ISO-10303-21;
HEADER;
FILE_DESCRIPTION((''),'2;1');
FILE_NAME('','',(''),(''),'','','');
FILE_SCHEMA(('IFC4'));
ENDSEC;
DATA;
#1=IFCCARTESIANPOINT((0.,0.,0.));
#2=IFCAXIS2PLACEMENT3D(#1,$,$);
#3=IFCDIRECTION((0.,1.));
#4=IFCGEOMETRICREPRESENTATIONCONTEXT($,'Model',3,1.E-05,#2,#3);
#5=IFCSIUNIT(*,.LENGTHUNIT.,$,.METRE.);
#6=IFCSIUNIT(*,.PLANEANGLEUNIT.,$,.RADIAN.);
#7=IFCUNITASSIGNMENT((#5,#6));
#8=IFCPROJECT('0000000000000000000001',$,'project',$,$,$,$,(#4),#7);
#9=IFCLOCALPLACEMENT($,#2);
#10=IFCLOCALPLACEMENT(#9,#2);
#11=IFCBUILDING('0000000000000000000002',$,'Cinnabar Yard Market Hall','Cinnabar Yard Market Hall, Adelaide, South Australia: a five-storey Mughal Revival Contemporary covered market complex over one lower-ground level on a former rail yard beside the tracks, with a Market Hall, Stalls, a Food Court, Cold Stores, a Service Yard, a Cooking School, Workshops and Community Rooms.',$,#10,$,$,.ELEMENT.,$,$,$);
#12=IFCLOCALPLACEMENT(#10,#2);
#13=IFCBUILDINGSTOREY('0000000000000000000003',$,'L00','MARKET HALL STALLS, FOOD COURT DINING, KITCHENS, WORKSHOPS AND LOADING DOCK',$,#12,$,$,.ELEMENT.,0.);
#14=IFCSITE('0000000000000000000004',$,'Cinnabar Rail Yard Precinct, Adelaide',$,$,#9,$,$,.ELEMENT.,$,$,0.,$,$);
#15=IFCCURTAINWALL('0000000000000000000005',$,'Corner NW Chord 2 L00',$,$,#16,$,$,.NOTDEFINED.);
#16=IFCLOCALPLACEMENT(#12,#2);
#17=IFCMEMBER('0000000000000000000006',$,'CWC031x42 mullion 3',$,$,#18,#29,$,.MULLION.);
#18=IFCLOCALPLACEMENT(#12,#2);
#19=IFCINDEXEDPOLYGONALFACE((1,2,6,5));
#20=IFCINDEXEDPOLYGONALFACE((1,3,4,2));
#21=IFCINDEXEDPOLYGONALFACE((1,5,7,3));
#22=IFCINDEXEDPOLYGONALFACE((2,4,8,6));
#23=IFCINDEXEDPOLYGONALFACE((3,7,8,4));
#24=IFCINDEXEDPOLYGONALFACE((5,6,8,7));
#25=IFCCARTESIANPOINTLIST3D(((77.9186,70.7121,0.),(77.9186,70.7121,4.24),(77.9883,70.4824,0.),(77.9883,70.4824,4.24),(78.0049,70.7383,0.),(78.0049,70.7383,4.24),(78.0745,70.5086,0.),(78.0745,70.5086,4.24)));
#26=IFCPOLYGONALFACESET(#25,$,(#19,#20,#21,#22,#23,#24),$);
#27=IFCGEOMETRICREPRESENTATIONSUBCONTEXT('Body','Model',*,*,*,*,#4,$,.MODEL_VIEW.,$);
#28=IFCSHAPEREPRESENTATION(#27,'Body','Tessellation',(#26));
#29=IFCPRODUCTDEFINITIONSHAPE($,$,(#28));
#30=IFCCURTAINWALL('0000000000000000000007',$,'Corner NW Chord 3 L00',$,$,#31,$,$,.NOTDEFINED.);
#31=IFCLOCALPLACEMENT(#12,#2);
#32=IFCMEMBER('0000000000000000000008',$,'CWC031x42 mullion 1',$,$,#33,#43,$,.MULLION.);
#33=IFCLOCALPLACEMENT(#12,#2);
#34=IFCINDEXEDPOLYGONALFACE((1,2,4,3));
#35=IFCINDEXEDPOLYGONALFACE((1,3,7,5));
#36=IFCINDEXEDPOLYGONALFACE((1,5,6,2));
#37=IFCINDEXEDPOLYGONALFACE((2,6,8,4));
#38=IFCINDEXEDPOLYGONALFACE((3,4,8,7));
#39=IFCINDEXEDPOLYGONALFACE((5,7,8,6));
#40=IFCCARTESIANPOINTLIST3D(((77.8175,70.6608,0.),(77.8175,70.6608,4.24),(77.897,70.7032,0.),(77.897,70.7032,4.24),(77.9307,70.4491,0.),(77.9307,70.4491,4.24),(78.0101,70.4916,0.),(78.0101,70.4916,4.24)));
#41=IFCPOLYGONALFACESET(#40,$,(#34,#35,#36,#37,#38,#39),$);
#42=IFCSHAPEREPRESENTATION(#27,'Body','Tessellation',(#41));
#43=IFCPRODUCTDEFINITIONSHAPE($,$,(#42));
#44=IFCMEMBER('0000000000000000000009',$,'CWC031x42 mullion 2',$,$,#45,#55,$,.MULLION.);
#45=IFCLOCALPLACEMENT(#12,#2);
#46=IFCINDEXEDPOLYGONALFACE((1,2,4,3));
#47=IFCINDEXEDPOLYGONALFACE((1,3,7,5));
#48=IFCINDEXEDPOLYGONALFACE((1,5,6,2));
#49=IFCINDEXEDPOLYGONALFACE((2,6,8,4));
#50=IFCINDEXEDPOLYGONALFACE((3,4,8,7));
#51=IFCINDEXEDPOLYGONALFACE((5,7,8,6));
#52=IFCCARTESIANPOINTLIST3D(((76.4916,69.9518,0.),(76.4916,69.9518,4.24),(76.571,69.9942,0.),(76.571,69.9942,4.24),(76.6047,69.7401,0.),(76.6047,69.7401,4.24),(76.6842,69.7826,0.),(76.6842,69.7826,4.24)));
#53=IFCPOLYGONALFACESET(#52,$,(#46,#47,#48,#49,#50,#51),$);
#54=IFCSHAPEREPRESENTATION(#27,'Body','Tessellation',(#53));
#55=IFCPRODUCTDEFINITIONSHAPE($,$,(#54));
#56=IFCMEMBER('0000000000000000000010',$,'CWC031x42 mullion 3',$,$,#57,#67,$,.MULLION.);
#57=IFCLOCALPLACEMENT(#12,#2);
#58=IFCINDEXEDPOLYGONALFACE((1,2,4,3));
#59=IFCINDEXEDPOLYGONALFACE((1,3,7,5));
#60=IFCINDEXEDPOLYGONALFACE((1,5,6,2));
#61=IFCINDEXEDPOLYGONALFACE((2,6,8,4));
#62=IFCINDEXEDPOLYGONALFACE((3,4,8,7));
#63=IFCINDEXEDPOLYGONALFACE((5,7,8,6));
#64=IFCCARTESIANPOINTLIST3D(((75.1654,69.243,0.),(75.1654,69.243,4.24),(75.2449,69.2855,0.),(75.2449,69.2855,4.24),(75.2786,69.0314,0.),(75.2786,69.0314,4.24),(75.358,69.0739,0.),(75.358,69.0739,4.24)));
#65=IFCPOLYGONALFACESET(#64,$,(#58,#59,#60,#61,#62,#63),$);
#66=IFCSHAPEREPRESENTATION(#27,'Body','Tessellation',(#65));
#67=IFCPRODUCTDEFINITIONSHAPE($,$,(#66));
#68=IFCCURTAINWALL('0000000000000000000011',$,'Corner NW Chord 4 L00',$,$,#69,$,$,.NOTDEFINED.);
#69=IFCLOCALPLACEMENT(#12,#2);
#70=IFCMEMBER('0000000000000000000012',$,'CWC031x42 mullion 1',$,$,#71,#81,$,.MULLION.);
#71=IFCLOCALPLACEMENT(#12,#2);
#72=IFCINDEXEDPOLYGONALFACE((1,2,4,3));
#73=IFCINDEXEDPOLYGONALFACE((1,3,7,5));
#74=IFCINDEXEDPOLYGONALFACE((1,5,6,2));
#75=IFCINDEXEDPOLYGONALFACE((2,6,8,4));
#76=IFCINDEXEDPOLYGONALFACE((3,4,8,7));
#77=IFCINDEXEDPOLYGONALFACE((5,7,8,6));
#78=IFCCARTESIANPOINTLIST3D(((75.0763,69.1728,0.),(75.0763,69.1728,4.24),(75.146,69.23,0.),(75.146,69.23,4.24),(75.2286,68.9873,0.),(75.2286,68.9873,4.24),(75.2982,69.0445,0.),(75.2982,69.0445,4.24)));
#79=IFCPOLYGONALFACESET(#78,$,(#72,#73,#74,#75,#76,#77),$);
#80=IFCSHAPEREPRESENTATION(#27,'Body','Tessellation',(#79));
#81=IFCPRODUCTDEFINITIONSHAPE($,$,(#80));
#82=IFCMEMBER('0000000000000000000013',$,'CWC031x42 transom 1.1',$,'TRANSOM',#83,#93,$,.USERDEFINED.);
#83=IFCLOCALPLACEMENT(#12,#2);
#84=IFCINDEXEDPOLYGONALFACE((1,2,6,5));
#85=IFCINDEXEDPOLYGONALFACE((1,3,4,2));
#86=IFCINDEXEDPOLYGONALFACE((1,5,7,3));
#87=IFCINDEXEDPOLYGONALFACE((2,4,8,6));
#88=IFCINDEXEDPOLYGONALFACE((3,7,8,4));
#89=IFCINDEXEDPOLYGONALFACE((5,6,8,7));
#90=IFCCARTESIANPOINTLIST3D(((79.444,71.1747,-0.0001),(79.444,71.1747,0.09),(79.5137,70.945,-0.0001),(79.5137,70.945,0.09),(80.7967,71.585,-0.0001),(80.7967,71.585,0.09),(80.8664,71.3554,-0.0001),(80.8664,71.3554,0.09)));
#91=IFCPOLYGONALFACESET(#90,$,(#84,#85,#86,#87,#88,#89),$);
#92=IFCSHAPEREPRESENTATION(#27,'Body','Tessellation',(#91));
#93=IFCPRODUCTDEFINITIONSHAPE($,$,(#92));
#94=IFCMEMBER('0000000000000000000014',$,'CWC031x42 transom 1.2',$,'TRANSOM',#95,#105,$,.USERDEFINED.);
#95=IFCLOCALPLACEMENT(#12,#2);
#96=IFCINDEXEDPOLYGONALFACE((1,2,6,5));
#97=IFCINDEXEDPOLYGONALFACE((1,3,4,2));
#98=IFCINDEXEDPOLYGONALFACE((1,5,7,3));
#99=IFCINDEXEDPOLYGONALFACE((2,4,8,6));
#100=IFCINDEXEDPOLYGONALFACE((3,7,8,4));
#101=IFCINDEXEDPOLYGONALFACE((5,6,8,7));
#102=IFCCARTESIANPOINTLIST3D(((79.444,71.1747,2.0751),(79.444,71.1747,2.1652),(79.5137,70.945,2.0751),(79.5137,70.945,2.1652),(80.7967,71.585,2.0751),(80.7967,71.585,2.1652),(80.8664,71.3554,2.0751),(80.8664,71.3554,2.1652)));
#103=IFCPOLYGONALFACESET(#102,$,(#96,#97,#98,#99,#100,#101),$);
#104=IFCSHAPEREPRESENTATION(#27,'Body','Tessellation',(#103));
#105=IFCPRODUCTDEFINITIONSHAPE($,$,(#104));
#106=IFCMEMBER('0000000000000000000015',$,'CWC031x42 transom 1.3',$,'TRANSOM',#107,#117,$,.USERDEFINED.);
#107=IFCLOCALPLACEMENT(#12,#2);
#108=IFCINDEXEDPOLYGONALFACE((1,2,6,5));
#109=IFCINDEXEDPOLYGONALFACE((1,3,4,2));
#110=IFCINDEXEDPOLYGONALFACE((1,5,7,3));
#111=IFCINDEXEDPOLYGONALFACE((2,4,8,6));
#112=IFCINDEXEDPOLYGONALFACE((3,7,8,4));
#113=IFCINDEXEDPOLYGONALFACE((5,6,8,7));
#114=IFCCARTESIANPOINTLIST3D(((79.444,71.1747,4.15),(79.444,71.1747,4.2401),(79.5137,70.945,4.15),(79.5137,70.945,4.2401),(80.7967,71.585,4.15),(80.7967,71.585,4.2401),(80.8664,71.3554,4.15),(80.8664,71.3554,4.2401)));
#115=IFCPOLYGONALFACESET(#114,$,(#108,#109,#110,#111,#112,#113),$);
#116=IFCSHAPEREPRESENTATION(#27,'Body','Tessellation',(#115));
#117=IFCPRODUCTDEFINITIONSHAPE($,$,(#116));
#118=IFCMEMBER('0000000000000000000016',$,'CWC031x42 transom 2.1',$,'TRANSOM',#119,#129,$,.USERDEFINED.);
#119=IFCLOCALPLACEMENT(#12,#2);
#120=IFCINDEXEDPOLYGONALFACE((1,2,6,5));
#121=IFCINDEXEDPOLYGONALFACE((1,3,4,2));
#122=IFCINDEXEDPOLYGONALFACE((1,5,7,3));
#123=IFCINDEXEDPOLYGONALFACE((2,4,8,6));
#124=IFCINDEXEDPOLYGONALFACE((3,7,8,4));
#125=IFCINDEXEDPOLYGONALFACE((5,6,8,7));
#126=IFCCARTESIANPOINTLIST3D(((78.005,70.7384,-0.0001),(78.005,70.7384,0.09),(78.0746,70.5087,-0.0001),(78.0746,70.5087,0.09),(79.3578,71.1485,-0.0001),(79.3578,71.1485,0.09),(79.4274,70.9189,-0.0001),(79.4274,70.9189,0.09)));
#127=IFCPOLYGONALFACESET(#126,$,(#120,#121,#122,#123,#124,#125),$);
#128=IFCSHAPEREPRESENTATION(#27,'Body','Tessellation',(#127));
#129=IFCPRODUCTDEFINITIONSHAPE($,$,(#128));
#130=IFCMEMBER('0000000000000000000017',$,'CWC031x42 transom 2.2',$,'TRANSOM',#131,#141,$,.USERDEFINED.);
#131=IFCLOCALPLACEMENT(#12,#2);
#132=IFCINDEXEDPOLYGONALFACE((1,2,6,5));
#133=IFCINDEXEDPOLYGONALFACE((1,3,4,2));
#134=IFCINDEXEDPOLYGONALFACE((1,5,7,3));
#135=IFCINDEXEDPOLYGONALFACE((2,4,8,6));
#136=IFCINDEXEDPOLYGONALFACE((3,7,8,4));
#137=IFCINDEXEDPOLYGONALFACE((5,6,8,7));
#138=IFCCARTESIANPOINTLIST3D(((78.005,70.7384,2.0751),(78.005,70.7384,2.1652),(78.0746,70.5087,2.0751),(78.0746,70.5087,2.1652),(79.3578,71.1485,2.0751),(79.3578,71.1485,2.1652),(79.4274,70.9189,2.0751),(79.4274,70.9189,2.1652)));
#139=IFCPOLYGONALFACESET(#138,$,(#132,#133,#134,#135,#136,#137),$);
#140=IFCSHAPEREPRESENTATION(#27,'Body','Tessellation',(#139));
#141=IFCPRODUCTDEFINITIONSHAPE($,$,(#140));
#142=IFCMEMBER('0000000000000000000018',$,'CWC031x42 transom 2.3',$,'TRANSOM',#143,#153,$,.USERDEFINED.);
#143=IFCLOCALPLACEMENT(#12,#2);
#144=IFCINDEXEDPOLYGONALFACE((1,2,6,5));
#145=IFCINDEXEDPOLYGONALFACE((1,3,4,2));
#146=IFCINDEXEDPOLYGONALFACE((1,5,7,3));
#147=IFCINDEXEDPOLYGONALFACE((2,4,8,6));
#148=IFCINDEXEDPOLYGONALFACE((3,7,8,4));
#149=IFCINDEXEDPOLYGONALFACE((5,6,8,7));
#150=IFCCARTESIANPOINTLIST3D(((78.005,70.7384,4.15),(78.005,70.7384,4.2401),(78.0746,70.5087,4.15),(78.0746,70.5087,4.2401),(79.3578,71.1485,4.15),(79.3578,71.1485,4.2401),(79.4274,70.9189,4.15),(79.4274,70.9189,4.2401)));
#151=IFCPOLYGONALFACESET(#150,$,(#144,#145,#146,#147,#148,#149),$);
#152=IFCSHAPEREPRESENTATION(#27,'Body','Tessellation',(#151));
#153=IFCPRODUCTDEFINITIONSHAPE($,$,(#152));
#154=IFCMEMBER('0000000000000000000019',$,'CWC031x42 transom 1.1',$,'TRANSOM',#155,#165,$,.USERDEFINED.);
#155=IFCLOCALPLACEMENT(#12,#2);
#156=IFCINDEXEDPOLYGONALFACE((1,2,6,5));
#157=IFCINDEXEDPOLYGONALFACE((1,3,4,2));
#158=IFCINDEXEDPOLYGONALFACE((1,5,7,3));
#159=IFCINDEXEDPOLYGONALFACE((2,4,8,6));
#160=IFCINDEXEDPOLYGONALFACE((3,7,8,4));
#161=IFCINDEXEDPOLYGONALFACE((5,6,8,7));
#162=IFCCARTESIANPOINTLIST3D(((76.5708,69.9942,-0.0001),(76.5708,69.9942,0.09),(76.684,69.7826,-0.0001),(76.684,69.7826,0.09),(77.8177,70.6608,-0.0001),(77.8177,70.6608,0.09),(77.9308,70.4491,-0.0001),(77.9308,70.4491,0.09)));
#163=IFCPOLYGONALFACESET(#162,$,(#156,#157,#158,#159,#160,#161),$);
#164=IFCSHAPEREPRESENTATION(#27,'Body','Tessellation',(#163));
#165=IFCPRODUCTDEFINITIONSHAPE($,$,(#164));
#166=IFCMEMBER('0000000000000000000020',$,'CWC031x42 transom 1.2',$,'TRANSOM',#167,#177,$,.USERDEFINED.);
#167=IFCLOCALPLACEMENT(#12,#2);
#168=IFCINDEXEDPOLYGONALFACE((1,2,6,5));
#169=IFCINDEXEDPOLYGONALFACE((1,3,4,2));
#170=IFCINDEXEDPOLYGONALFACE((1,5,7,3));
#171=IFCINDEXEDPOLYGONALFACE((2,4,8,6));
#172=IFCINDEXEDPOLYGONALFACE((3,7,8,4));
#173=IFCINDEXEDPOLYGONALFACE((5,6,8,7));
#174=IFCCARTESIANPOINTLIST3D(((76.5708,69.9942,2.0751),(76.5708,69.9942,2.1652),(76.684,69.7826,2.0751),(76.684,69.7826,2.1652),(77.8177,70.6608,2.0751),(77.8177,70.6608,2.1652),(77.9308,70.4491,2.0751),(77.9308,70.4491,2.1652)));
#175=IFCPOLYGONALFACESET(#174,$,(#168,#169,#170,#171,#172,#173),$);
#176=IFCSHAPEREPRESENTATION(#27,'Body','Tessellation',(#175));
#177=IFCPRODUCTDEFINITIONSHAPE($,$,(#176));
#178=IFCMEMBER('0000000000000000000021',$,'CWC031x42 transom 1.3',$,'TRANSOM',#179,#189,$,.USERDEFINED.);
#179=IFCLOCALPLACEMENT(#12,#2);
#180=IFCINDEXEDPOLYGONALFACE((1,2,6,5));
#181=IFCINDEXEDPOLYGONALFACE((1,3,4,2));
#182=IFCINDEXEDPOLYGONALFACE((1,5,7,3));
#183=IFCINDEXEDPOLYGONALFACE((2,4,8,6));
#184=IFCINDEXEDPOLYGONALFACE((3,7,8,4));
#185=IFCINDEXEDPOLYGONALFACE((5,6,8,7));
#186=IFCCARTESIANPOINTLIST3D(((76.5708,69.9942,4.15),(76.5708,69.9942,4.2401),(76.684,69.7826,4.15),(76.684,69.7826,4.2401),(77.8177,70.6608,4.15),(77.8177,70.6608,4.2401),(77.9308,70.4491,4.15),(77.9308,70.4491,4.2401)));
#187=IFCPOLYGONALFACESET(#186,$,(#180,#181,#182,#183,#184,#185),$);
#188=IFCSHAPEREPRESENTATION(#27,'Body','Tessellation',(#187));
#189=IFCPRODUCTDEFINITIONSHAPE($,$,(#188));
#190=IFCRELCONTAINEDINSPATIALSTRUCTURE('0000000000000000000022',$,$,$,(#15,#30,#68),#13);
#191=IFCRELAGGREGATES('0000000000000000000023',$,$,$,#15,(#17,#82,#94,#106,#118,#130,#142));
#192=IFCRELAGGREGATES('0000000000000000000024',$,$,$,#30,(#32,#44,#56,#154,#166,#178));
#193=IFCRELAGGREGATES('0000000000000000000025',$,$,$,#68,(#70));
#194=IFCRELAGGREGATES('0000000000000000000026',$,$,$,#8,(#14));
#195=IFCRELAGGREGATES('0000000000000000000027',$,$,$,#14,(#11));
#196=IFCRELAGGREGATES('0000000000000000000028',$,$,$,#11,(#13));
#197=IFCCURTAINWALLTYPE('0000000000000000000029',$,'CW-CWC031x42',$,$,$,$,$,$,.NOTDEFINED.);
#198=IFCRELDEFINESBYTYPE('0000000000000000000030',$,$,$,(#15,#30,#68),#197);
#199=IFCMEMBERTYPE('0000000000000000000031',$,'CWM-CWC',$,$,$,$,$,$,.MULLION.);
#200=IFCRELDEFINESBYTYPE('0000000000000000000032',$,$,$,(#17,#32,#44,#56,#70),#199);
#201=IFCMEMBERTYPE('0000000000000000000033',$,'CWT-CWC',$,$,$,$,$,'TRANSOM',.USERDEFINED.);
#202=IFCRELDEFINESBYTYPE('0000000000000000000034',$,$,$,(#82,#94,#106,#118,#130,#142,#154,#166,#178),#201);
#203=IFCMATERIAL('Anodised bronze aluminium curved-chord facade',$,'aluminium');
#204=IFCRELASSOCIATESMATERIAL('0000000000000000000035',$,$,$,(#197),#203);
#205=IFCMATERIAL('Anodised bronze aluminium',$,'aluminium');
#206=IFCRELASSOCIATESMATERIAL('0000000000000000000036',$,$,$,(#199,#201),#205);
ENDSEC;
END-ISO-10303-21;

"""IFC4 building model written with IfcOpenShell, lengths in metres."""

from ifc_helpers import new_model, si_unit, direction, frame, origin, origin_2d_with_axis, place, context, subcontext, project, spatial, rectangle, extrude, material, material_profile, profile_set, type_object, element, aggregate, save


model = new_model("IFC4")

# Units and contexts
model_context = context("Model", 3, precision=1e-05, world=origin(), true_north=direction((0.0, 1.0)))
body_context = subcontext(model_context, "Body", "Model", "MODEL_VIEW")
ifc_project = project(units=[si_unit("LENGTHUNIT", "METRE"), si_unit("PLANEANGLEUNIT", "RADIAN")], contexts=[model_context])

# Site, building, storey
site_placement = place(None, origin())
site = spatial("IfcSite", under=ifc_project, at=site_placement, Name="Cinnabar Rail Yard Precinct, Adelaide", CompositionType="ELEMENT", RefElevation=0.0)
building_placement = place(site_placement, origin())
building = spatial("IfcBuilding", under=site, at=building_placement, Name="Cinnabar Yard Market Hall", Description="Cinnabar Yard Market Hall, Adelaide, South Australia: a five-storey Mughal Revival Contemporary covered market complex over one lower-ground level on a former rail yard beside the tracks, with a Market Hall, Stalls, a Food Court, Cold Stores, a Service Yard, a Cooking School, Workshops and Community Rooms.", CompositionType="ELEMENT")
storey_placement = place(building_placement, origin())
storey = spatial("IfcBuildingStorey", under=building, at=storey_placement, Name="L00", Description="MARKET HALL STALLS, FOOD COURT DINING, KITCHENS, WORKSHOPS AND LOADING DOCK", CompositionType="ELEMENT", Elevation=0.0)

# Curtain walls, members
ifc_material_1 = material(Name="Anodised bronze aluminium curved-chord facade", Category="aluminium")
curtain_wall_type = type_object("IfcCurtainWallType", Name="CW-CWC031x42", PredefinedType="NOTDEFINED", material=ifc_material_1)
curtain_wall_1_placement = place(storey_placement, origin())
curtain_wall_1 = element("IfcCurtainWall", 1, at=curtain_wall_1_placement, inside=storey, type_object=curtain_wall_type, Name="Corner NW Chord 2 L00", PredefinedType="NOTDEFINED")
ifc_material_2 = material(Name="Anodised bronze aluminium", Category="aluminium")
ifc_material_profile_1 = material_profile(ifc_material_2, rectangle(XDim=0.24, YDim=0.0901, at=origin_2d_with_axis()), Name="MUL-CWC")
ifc_profile_set_1 = profile_set([ifc_material_profile_1], Name="Anodised bronze aluminium")
member_type_1 = type_object("IfcMemberType", Name="CWM-CWC", PredefinedType="MULLION", material=ifc_profile_set_1)
member_1_placement = place(storey_placement, frame((77.9966, 70.6104, 0.0), z_axis=(0.0, 0.0, 1.0), x_axis=(0.290279, -0.956942, 0.0)))
member_1 = element("IfcMember", 2, at=member_1_placement, type_object=member_type_1, Name="CWC031x42 mullion 3", PredefinedType="MULLION", context=body_context, shape_type="SweptSolid", body=[
    extrude(rectangle(XDim=0.24, YDim=0.0901, at=origin_2d_with_axis()), origin(), (0.0, 0.0, 1.0), 4.24),
])
curtain_wall_2_placement = place(storey_placement, origin())
curtain_wall_2 = element("IfcCurtainWall", 3, at=curtain_wall_2_placement, inside=storey, type_object=curtain_wall_type, Name="Corner NW Chord 3 L00", PredefinedType="NOTDEFINED")
member_2_placement = place(storey_placement, frame((77.9138, 70.5762, 0.0), z_axis=(0.0, 0.0, 1.0), x_axis=(0.471404, -0.881917, 0.0)))
member_2 = element("IfcMember", 4, at=member_2_placement, type_object=member_type_1, Name="CWC031x42 mullion 1", PredefinedType="MULLION", context=body_context, shape_type="SweptSolid", body=[
    extrude(rectangle(XDim=0.24, YDim=0.0901, at=origin_2d_with_axis()), origin(), (0.0, 0.0, 1.0), 4.24),
])
member_3_placement = place(storey_placement, frame((76.5879, 69.8672, 0.0), z_axis=(0.0, 0.0, 1.0), x_axis=(0.471404, -0.881917, 0.0)))
member_3 = element("IfcMember", 5, at=member_3_placement, type_object=member_type_1, Name="CWC031x42 mullion 2", PredefinedType="MULLION", context=body_context, shape_type="SweptSolid", body=[
    extrude(rectangle(XDim=0.24, YDim=0.0901, at=origin_2d_with_axis()), origin(), (0.0, 0.0, 1.0), 4.24),
])
member_4_placement = place(storey_placement, frame((75.2617, 69.1584, 0.0), z_axis=(0.0, 0.0, 1.0), x_axis=(0.471404, -0.881917, 0.0)))
member_4 = element("IfcMember", 6, at=member_4_placement, type_object=member_type_1, Name="CWC031x42 mullion 3", PredefinedType="MULLION", context=body_context, shape_type="SweptSolid", body=[
    extrude(rectangle(XDim=0.24, YDim=0.0901, at=origin_2d_with_axis()), origin(), (0.0, 0.0, 1.0), 4.24),
])

# Curtain wall, member
curtain_wall_3_placement = place(storey_placement, origin())
curtain_wall_3 = element("IfcCurtainWall", 7, at=curtain_wall_3_placement, inside=storey, type_object=curtain_wall_type, Name="Corner NW Chord 4 L00", PredefinedType="NOTDEFINED")
member_5_placement = place(storey_placement, frame((75.1873, 69.1086, 0.0), z_axis=(0.0, 0.0, 1.0), x_axis=(0.634383, -0.773019, 0.0)))
member_5 = element("IfcMember", 8, at=member_5_placement, type_object=member_type_1, Name="CWC031x42 mullion 1", PredefinedType="MULLION", context=body_context, shape_type="SweptSolid", body=[
    extrude(rectangle(XDim=0.24, YDim=0.0901, at=origin_2d_with_axis()), origin(), (0.0, 0.0, 1.0), 4.24),
])

# Members
ifc_material_profile_2 = material_profile(ifc_material_2, rectangle(XDim=0.24, YDim=0.0901, at=origin_2d_with_axis()), Name="TRN-CWC")
ifc_profile_set_2 = profile_set([ifc_material_profile_2], Name="Anodised bronze aluminium")
member_type_2 = type_object("IfcMemberType", Name="CWT-CWC", ElementType="TRANSOM", PredefinedType="USERDEFINED", material=ifc_profile_set_2)
member_6_placement = place(storey_placement, frame((80.8315, 71.4702, 0.0449), z_axis=(-0.956933, -0.290309, 0.0), x_axis=(0.290309, -0.956933, 0.0)))
member_6 = element("IfcMember", 9, at=member_6_placement, type_object=member_type_2, Name="CWC031x42 transom 1.1", ObjectType="TRANSOM", PredefinedType="USERDEFINED", context=body_context, shape_type="SweptSolid", body=[
    extrude(rectangle(XDim=0.24, YDim=0.0901, at=origin_2d_with_axis()), origin(), (0.0, 0.0, 1.0), 1.4136),
])
member_7_placement = place(storey_placement, frame((80.8315, 71.4702, 2.1201), z_axis=(-0.956933, -0.290309, 0.0), x_axis=(0.290309, -0.956933, 0.0)))
member_7 = element("IfcMember", 10, at=member_7_placement, type_object=member_type_2, Name="CWC031x42 transom 1.2", ObjectType="TRANSOM", PredefinedType="USERDEFINED", context=body_context, shape_type="SweptSolid", body=[
    extrude(rectangle(XDim=0.24, YDim=0.0901, at=origin_2d_with_axis()), origin(), (0.0, 0.0, 1.0), 1.4136),
])
member_8_placement = place(storey_placement, frame((80.8315, 71.4702, 4.1951), z_axis=(-0.956933, -0.290309, 0.0), x_axis=(0.290309, -0.956933, 0.0)))
member_8 = element("IfcMember", 11, at=member_8_placement, type_object=member_type_2, Name="CWC031x42 transom 1.3", ObjectType="TRANSOM", PredefinedType="USERDEFINED", context=body_context, shape_type="SweptSolid", body=[
    extrude(rectangle(XDim=0.24, YDim=0.0901, at=origin_2d_with_axis()), origin(), (0.0, 0.0, 1.0), 1.4136),
])
member_9_placement = place(storey_placement, frame((79.3926, 71.0337, 0.0449), z_axis=(-0.956981, -0.290151, 0.0), x_axis=(0.290151, -0.956981, 0.0)))
member_9 = element("IfcMember", 12, at=member_9_placement, type_object=member_type_2, Name="CWC031x42 transom 2.1", ObjectType="TRANSOM", PredefinedType="USERDEFINED", context=body_context, shape_type="SweptSolid", body=[
    extrude(rectangle(XDim=0.24, YDim=0.0901, at=origin_2d_with_axis()), origin(), (0.0, 0.0, 1.0), 1.4136),
])
member_10_placement = place(storey_placement, frame((79.3926, 71.0337, 2.1201), z_axis=(-0.956981, -0.290151, 0.0), x_axis=(0.290151, -0.956981, 0.0)))
member_10 = element("IfcMember", 13, at=member_10_placement, type_object=member_type_2, Name="CWC031x42 transom 2.2", ObjectType="TRANSOM", PredefinedType="USERDEFINED", context=body_context, shape_type="SweptSolid", body=[
    extrude(rectangle(XDim=0.24, YDim=0.0901, at=origin_2d_with_axis()), origin(), (0.0, 0.0, 1.0), 1.4136),
])
member_11_placement = place(storey_placement, frame((79.3926, 71.0337, 4.1951), z_axis=(-0.956981, -0.290151, 0.0), x_axis=(0.290151, -0.956981, 0.0)))
member_11 = element("IfcMember", 14, at=member_11_placement, type_object=member_type_2, Name="CWC031x42 transom 2.3", ObjectType="TRANSOM", PredefinedType="USERDEFINED", context=body_context, shape_type="SweptSolid", body=[
    extrude(rectangle(XDim=0.24, YDim=0.0901, at=origin_2d_with_axis()), origin(), (0.0, 0.0, 1.0), 1.4136),
])
member_12_placement = place(storey_placement, frame((77.8743, 70.5549, 0.0449), z_axis=(-0.881903, -0.471431, 0.0), x_axis=(0.471431, -0.881903, 0.0)))
member_12 = element("IfcMember", 15, at=member_12_placement, type_object=member_type_2, Name="CWC031x42 transom 1.1", ObjectType="TRANSOM", PredefinedType="USERDEFINED", context=body_context, shape_type="SweptSolid", body=[
    extrude(rectangle(XDim=0.24, YDim=0.0901, at=origin_2d_with_axis()), origin(), (0.0, 0.0, 1.0), 1.4138),
])
member_13_placement = place(storey_placement, frame((77.8743, 70.5549, 2.1201), z_axis=(-0.881903, -0.471431, 0.0), x_axis=(0.471431, -0.881903, 0.0)))
member_13 = element("IfcMember", 16, at=member_13_placement, type_object=member_type_2, Name="CWC031x42 transom 1.2", ObjectType="TRANSOM", PredefinedType="USERDEFINED", context=body_context, shape_type="SweptSolid", body=[
    extrude(rectangle(XDim=0.24, YDim=0.0901, at=origin_2d_with_axis()), origin(), (0.0, 0.0, 1.0), 1.4138),
])
member_14_placement = place(storey_placement, frame((77.8743, 70.5549, 4.1951), z_axis=(-0.881903, -0.471431, 0.0), x_axis=(0.471431, -0.881903, 0.0)))
member_14 = element("IfcMember", 17, at=member_14_placement, type_object=member_type_2, Name="CWC031x42 transom 1.3", ObjectType="TRANSOM", PredefinedType="USERDEFINED", context=body_context, shape_type="SweptSolid", body=[
    extrude(rectangle(XDim=0.24, YDim=0.0901, at=origin_2d_with_axis()), origin(), (0.0, 0.0, 1.0), 1.4138),
])

aggregate(curtain_wall_1, [member_1, member_6, member_7, member_8, member_9, member_10, member_11])
aggregate(curtain_wall_2, [member_2, member_3, member_4, member_12, member_13, member_14])
aggregate(curtain_wall_3, [member_5])

save(model, "model.ifc")
